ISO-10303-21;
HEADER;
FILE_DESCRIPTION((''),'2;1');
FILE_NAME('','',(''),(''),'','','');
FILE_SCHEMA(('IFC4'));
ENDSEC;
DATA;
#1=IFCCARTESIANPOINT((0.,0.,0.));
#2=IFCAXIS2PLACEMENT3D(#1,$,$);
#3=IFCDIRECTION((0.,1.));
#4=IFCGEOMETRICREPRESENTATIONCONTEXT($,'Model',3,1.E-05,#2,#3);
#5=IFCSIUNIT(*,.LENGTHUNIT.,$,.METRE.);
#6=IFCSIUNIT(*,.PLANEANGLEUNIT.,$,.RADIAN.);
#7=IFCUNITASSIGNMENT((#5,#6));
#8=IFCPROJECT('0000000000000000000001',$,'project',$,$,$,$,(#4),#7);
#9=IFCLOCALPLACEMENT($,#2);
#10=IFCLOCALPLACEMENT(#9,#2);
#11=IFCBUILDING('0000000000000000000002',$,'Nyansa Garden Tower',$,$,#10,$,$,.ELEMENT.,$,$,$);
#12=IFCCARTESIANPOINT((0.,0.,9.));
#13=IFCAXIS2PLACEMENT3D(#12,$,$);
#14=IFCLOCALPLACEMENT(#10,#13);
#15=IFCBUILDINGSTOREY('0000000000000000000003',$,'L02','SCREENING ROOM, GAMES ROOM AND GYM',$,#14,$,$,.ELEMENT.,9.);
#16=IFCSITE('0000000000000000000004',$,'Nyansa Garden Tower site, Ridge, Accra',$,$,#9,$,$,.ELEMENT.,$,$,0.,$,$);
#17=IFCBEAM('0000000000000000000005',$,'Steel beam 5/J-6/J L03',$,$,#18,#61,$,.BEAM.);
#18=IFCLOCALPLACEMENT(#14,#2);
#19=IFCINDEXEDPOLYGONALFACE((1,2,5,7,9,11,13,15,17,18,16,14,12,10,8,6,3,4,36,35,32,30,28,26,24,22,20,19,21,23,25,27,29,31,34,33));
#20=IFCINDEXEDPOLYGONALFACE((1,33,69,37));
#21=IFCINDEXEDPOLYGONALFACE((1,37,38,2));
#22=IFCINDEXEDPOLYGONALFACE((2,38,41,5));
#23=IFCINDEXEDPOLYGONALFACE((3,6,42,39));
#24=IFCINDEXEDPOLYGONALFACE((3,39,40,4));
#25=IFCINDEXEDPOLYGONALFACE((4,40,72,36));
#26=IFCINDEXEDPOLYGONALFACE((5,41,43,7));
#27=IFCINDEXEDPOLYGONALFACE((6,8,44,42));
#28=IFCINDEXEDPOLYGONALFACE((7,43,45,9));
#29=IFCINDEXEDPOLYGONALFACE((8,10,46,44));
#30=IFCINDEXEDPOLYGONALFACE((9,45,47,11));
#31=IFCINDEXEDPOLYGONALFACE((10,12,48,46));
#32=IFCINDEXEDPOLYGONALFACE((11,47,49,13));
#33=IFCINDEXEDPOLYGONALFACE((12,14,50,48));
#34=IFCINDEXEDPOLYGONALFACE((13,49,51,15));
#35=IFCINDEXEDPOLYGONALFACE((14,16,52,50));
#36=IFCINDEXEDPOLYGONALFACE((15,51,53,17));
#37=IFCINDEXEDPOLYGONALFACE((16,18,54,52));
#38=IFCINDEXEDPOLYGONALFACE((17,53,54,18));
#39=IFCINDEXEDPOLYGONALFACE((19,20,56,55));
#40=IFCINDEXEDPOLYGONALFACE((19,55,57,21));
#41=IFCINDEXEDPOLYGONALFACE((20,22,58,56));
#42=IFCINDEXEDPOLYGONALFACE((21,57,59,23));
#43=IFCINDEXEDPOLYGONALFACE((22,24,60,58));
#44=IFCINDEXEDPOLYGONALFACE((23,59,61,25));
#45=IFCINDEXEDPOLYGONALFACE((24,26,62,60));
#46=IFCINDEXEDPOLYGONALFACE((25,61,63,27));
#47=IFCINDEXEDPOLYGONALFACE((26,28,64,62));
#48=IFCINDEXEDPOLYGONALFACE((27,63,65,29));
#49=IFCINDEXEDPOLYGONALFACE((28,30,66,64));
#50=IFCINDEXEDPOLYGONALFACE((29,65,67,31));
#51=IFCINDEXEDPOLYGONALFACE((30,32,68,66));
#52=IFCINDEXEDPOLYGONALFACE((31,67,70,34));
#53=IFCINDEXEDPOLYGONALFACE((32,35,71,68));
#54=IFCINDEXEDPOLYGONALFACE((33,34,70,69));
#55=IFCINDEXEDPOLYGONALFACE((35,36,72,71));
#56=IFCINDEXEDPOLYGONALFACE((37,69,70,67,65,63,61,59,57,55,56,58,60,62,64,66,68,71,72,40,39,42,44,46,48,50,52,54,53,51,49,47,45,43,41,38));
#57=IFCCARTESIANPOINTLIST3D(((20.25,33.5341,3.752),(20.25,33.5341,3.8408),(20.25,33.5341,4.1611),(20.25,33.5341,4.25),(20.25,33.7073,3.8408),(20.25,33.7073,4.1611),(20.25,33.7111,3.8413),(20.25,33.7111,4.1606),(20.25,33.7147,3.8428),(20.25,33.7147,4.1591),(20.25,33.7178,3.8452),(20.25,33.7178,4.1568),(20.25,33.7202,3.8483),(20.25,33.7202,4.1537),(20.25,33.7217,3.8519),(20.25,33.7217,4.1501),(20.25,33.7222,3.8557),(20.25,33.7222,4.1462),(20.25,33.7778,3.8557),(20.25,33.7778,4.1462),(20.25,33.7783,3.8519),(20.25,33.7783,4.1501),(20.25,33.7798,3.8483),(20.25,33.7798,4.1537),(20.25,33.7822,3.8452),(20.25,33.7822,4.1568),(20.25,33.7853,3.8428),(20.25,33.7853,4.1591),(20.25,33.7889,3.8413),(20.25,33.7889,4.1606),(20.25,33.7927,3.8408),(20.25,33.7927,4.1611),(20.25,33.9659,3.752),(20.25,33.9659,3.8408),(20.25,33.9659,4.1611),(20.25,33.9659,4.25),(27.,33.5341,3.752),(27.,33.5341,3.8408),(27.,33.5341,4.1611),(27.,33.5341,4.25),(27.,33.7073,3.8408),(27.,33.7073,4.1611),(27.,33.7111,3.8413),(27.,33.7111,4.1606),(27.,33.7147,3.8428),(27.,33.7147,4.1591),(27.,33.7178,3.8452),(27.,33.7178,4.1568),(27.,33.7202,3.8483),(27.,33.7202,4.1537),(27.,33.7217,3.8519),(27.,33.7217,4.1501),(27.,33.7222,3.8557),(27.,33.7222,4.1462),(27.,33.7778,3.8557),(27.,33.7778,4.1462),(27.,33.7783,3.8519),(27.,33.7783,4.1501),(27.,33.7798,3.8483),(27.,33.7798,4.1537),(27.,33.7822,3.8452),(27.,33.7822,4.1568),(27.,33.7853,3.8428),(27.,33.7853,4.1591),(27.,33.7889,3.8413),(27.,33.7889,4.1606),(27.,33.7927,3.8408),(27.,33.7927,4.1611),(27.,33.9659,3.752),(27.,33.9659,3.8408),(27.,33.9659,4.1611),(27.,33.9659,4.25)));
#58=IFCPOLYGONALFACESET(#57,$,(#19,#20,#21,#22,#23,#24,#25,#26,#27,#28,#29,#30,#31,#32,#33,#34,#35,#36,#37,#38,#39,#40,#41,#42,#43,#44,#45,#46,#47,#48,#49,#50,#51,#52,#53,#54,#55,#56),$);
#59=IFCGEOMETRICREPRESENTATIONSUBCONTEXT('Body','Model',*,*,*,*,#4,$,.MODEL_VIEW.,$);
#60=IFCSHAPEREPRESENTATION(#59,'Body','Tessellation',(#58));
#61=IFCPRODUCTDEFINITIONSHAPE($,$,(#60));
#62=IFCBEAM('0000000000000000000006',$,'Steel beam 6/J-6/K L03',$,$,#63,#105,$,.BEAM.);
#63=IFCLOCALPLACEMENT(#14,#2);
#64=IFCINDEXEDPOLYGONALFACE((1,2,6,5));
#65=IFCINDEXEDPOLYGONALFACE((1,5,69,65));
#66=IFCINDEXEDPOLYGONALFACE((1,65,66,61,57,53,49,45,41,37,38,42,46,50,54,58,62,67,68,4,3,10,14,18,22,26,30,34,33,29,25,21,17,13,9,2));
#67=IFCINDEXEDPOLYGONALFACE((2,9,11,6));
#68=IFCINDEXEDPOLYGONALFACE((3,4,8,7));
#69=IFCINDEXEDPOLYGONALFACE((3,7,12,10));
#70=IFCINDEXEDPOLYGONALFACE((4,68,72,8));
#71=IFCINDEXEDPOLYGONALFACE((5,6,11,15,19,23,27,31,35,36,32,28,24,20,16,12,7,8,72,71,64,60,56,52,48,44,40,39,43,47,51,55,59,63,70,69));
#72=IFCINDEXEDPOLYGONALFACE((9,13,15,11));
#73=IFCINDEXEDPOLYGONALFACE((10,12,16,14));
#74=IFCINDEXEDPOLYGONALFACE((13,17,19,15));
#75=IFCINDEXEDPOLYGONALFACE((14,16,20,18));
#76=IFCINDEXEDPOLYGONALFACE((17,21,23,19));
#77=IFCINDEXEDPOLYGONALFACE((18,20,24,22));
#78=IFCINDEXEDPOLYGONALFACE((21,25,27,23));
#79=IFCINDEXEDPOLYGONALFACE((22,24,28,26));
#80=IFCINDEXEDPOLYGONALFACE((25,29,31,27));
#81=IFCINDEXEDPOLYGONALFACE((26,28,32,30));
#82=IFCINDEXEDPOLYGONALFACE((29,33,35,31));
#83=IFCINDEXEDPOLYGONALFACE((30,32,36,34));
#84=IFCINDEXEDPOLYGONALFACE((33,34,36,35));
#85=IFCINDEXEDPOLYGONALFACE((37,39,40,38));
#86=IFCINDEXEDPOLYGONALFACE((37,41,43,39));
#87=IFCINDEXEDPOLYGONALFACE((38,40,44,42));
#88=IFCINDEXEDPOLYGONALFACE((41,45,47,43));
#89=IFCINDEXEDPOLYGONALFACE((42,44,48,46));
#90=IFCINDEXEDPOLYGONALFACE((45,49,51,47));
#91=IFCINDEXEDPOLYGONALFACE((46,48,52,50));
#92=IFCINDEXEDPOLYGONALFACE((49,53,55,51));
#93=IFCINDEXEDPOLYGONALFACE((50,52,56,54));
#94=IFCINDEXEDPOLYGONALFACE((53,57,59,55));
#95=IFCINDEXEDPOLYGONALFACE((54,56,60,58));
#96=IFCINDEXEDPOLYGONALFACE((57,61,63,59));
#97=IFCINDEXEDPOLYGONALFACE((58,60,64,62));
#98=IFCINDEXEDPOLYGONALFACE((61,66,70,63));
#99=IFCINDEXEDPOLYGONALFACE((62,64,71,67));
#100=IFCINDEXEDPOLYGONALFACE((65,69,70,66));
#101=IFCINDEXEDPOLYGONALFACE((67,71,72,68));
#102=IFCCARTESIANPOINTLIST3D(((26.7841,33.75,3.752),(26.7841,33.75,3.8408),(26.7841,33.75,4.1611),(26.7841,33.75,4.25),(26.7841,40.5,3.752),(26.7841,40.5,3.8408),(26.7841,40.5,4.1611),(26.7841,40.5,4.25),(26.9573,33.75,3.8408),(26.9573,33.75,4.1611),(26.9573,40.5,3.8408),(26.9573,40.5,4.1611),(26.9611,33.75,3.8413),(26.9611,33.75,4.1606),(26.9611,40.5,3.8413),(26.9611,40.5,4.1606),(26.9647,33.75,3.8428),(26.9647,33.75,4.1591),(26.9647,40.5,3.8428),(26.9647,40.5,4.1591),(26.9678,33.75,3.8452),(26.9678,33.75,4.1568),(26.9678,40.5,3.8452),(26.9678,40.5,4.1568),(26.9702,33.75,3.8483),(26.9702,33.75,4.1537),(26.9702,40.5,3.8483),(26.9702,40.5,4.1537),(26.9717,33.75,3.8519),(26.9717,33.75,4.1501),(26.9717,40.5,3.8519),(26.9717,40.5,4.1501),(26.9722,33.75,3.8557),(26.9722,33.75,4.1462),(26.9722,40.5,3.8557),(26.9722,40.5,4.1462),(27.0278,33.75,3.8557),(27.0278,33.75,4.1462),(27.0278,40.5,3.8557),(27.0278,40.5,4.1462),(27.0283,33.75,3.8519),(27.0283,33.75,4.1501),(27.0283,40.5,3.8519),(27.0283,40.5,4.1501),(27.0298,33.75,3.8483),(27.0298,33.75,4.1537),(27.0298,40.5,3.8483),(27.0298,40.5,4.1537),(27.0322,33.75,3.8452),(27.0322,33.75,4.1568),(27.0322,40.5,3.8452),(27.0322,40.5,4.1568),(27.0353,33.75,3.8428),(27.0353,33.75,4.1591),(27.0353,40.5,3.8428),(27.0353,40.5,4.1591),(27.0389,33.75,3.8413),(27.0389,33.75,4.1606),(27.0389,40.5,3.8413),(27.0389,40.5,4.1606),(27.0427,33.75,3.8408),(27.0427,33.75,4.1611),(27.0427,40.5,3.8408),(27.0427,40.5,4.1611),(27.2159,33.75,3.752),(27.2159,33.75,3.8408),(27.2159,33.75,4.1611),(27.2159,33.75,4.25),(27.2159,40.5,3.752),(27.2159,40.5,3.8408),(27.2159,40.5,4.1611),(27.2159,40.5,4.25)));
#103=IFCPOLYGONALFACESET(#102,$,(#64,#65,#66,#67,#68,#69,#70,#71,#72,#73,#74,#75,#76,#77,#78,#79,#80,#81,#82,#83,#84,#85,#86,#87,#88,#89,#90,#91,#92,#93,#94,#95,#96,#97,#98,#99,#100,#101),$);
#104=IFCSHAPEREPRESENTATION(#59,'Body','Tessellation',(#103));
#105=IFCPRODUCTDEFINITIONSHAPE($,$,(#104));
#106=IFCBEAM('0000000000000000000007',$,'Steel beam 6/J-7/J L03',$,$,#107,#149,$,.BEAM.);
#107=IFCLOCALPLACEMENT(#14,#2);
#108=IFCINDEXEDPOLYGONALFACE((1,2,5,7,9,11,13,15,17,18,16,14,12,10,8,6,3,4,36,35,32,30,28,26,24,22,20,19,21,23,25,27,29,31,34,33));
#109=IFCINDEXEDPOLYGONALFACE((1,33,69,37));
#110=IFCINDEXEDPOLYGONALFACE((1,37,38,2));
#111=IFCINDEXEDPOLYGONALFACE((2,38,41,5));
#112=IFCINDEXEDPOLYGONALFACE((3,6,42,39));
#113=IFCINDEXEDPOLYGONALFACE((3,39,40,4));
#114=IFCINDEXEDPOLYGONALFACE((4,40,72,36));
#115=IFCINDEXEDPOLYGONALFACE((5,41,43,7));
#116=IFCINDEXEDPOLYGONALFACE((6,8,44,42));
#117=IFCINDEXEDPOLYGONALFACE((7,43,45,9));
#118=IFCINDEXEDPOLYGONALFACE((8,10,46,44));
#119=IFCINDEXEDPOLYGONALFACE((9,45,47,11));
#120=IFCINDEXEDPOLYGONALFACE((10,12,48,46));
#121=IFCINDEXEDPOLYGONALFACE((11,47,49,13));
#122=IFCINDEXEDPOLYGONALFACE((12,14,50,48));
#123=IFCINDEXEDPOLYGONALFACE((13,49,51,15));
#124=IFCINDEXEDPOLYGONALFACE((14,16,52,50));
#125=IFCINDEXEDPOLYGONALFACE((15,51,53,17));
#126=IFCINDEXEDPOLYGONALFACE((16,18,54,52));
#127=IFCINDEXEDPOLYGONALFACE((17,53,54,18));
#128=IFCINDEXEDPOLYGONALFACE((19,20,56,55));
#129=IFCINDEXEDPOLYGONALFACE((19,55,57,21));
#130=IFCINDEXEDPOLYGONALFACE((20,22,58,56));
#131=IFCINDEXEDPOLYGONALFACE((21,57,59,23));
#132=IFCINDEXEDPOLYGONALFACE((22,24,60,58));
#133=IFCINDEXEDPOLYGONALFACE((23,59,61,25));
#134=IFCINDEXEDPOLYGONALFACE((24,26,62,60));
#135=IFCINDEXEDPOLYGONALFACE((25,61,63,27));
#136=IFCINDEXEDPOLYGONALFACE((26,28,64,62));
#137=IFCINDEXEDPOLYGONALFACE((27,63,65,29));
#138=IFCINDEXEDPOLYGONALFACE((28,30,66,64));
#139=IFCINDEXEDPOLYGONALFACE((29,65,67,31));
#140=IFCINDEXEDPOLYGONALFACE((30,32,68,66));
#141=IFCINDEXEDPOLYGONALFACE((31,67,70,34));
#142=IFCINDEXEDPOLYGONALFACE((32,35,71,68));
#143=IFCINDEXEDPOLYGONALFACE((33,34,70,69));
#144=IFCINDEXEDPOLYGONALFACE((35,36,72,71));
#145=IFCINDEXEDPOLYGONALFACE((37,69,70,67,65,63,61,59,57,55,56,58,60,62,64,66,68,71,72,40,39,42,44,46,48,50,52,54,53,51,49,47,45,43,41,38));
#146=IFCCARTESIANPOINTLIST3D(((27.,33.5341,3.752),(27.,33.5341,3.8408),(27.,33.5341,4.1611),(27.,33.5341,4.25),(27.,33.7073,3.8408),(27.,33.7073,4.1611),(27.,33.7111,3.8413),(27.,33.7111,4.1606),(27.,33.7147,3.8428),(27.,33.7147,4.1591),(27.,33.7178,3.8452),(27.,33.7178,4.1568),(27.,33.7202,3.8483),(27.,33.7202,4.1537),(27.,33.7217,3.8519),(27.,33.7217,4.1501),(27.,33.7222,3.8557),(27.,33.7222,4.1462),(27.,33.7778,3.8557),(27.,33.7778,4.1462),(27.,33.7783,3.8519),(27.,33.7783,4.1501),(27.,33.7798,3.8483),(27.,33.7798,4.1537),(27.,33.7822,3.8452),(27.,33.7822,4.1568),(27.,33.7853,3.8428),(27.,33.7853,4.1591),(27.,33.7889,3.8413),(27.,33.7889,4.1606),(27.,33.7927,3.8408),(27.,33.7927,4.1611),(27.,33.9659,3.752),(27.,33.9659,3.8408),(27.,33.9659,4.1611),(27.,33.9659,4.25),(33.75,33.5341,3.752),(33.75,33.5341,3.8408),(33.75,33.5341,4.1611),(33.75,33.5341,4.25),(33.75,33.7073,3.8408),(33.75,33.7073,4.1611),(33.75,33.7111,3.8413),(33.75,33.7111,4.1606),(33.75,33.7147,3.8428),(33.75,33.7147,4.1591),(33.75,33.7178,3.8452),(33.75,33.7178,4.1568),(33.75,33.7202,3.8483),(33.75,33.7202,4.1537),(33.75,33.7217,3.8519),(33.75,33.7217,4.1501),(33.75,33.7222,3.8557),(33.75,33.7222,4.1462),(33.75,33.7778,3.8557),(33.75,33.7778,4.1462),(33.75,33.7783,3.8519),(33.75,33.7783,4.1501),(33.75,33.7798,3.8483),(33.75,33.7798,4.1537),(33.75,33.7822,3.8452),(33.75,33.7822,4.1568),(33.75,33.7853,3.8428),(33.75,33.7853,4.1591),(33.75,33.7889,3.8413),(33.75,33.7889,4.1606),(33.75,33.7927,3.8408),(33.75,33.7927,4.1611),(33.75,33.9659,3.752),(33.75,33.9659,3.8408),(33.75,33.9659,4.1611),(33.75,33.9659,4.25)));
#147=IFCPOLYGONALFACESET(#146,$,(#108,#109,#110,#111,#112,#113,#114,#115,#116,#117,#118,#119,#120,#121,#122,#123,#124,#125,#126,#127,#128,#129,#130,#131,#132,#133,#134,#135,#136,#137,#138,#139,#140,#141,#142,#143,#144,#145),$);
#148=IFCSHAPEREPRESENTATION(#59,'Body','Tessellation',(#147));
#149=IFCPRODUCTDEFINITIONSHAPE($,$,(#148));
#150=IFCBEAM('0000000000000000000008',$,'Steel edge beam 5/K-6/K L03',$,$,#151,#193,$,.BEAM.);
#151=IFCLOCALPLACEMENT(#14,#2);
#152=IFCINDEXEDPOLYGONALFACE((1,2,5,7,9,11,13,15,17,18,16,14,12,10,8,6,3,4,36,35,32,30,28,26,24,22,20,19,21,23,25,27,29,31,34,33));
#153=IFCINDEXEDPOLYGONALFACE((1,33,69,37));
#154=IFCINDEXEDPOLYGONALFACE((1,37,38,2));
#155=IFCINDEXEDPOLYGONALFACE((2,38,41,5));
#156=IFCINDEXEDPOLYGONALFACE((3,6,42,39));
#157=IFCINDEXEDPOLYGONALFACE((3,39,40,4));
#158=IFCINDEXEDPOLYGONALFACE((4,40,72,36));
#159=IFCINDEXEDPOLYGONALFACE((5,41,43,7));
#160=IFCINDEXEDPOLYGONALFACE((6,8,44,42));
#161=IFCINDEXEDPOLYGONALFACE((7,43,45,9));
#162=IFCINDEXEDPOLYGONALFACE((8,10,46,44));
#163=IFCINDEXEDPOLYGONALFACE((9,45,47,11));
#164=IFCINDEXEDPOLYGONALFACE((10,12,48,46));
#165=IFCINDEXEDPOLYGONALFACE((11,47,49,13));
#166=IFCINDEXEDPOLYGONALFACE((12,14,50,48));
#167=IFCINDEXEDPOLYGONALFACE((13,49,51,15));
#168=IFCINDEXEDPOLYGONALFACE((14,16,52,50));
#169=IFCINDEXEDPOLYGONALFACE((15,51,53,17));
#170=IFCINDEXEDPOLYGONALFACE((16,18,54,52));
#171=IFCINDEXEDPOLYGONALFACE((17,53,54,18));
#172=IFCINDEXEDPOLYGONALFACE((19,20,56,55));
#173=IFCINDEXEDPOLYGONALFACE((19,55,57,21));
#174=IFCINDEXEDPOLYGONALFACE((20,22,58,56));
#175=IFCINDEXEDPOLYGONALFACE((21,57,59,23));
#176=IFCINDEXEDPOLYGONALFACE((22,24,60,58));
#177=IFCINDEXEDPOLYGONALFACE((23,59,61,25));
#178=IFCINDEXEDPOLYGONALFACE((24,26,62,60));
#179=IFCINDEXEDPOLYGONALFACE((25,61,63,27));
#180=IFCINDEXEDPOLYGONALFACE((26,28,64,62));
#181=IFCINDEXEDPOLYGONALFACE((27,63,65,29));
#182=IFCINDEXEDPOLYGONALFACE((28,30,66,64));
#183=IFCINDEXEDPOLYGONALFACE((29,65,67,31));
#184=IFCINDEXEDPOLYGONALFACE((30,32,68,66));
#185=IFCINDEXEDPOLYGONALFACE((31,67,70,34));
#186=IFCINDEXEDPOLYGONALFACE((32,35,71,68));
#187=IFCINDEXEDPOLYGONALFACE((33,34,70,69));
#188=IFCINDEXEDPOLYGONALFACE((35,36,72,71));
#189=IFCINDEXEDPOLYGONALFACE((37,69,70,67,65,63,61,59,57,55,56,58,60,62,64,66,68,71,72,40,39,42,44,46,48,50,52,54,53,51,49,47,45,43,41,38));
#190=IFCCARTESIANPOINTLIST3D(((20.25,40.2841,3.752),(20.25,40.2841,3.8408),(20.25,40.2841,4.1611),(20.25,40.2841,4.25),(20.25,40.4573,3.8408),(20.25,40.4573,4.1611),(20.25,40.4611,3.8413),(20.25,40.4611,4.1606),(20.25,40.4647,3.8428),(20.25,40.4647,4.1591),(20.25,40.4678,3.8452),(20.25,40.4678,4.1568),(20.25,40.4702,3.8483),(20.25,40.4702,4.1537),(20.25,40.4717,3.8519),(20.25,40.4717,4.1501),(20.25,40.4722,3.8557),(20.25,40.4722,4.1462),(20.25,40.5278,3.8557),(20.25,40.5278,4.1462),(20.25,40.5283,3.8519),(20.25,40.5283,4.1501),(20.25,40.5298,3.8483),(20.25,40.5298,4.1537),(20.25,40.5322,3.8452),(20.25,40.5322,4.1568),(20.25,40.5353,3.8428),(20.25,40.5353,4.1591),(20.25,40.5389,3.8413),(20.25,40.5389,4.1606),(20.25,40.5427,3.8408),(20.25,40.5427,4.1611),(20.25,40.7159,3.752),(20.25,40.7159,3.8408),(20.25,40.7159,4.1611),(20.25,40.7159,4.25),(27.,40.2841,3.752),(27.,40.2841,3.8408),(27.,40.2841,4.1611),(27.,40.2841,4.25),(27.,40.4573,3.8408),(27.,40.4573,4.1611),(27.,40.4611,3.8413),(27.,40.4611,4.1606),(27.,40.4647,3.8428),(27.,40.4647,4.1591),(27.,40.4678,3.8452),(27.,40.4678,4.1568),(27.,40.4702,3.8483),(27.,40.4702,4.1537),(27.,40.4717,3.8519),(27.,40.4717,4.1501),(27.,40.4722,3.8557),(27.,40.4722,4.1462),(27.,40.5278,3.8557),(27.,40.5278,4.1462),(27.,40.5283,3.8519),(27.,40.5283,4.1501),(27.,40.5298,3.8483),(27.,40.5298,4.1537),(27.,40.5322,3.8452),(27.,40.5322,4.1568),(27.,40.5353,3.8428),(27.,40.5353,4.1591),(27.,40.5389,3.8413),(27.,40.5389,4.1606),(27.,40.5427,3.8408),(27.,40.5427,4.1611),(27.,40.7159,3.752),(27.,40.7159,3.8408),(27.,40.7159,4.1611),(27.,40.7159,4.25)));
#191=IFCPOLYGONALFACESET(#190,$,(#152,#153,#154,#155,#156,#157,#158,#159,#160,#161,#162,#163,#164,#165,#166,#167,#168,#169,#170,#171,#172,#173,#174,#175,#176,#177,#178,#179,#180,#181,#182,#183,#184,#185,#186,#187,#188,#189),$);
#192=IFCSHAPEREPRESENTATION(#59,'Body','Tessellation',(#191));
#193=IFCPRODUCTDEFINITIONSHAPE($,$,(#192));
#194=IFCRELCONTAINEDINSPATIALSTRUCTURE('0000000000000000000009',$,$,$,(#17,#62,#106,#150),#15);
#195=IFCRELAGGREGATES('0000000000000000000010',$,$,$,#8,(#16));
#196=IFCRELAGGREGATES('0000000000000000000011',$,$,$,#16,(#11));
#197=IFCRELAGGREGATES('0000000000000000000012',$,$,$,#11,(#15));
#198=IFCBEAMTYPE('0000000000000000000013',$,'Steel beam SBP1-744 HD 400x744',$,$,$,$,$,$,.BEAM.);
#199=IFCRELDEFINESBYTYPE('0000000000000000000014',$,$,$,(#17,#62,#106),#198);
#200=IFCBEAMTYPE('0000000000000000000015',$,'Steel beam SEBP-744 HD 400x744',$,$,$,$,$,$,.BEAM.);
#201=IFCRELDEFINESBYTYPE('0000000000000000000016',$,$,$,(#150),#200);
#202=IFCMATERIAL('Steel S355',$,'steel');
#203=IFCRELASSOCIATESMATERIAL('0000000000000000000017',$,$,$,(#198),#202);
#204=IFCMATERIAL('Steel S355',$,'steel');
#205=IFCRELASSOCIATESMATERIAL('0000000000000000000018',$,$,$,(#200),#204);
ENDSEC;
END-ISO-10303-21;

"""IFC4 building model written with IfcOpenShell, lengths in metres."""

from ifc_helpers import new_model, si_unit, direction, frame, origin, origin_2d, place, context, subcontext, project, spatial, i_section, extrude, material, material_profile, profile_set, type_object, element, save


model = new_model("IFC4")

# Units and contexts
model_context = context("Model", 3, precision=1e-05, world=origin(), true_north=direction((0.0, 1.0)))
body_context = subcontext(model_context, "Body", "Model", "MODEL_VIEW")
ifc_project = project(units=[si_unit("LENGTHUNIT", "METRE"), si_unit("PLANEANGLEUNIT", "RADIAN")], contexts=[model_context])

# Site, building, storey
site_placement = place(None, origin())
site = spatial("IfcSite", under=ifc_project, at=site_placement, Name="Nyansa Garden Tower site, Ridge, Accra", CompositionType="ELEMENT", RefElevation=0.0)
building_placement = place(site_placement, origin())
building = spatial("IfcBuilding", under=site, at=building_placement, Name="Nyansa Garden Tower", CompositionType="ELEMENT")
storey_placement = place(building_placement, frame((0.0, 0.0, 9.0)))
storey = spatial("IfcBuildingStorey", under=building, at=storey_placement, Name="L02", Description="SCREENING ROOM, GAMES ROOM AND GYM", CompositionType="ELEMENT", Elevation=9.0)

# Beams
ifc_material_1 = material(Name="Steel S355", Category="steel")
ifc_material_profile_1 = material_profile(ifc_material_1, i_section(OverallWidth=0.4319, OverallDepth=0.498, WebThickness=0.0557, FlangeThickness=0.0889, FilletRadius=0.0149, at=origin_2d()), Name="HD 400x744")
ifc_profile_set_1 = profile_set([ifc_material_profile_1], Name="Steel S355")
beam_type_1 = type_object("IfcBeamType", Name="Steel beam SBP1-744 HD 400x744", PredefinedType="BEAM", material=ifc_profile_set_1)
for number, where, z_axis, x_axis, name in (
    (1, (20.25, 33.75, 4.001), (1.0, 0.0, 0.0), (0.0, 1.0, 0.0), "Steel beam 5/J-6/J L03"),
    (2, (27.0, 33.75, 4.001), (0.0, 1.0, 0.0), (-1.0, 0.0, 0.0), "Steel beam 6/J-6/K L03"),
    (3, (27.0, 33.75, 4.001), (1.0, 0.0, 0.0), (0.0, 1.0, 0.0), "Steel beam 6/J-7/J L03"),
):
    element("IfcBeam", number, at=place(storey_placement, frame(where, z_axis=z_axis, x_axis=x_axis)), inside=storey, type_object=beam_type_1, Name=name, PredefinedType="BEAM", context=body_context, shape_type="SweptSolid", body=[
        extrude(i_section(OverallWidth=0.4319, OverallDepth=0.498, WebThickness=0.0557, FlangeThickness=0.0889, FilletRadius=0.0149, at=origin_2d()), origin(), (0.0, 0.0, 1.0), 6.75),
    ])
ifc_material_2 = material(Name="Steel S355", Category="steel")
ifc_material_profile_2 = material_profile(ifc_material_2, i_section(OverallWidth=0.4319, OverallDepth=0.498, WebThickness=0.0557, FlangeThickness=0.0889, FilletRadius=0.0149, at=origin_2d()), Name="HD 400x744")
ifc_profile_set_2 = profile_set([ifc_material_profile_2], Name="Steel S355")
beam_type_2 = type_object("IfcBeamType", Name="Steel beam SEBP-744 HD 400x744", PredefinedType="BEAM", material=ifc_profile_set_2)
for number, where, z_axis, x_axis, name in (
    (4, (20.25, 40.5, 4.001), (1.0, 0.0, 0.0), (0.0, 1.0, 0.0), "Steel edge beam 5/K-6/K L03"),
):
    element("IfcBeam", number, at=place(storey_placement, frame(where, z_axis=z_axis, x_axis=x_axis)), inside=storey, type_object=beam_type_2, Name=name, PredefinedType="BEAM", context=body_context, shape_type="SweptSolid", body=[
        extrude(i_section(OverallWidth=0.4319, OverallDepth=0.498, WebThickness=0.0557, FlangeThickness=0.0889, FilletRadius=0.0149, at=origin_2d()), origin(), (0.0, 0.0, 1.0), 6.75),
    ])

save(model, "model.ifc")
